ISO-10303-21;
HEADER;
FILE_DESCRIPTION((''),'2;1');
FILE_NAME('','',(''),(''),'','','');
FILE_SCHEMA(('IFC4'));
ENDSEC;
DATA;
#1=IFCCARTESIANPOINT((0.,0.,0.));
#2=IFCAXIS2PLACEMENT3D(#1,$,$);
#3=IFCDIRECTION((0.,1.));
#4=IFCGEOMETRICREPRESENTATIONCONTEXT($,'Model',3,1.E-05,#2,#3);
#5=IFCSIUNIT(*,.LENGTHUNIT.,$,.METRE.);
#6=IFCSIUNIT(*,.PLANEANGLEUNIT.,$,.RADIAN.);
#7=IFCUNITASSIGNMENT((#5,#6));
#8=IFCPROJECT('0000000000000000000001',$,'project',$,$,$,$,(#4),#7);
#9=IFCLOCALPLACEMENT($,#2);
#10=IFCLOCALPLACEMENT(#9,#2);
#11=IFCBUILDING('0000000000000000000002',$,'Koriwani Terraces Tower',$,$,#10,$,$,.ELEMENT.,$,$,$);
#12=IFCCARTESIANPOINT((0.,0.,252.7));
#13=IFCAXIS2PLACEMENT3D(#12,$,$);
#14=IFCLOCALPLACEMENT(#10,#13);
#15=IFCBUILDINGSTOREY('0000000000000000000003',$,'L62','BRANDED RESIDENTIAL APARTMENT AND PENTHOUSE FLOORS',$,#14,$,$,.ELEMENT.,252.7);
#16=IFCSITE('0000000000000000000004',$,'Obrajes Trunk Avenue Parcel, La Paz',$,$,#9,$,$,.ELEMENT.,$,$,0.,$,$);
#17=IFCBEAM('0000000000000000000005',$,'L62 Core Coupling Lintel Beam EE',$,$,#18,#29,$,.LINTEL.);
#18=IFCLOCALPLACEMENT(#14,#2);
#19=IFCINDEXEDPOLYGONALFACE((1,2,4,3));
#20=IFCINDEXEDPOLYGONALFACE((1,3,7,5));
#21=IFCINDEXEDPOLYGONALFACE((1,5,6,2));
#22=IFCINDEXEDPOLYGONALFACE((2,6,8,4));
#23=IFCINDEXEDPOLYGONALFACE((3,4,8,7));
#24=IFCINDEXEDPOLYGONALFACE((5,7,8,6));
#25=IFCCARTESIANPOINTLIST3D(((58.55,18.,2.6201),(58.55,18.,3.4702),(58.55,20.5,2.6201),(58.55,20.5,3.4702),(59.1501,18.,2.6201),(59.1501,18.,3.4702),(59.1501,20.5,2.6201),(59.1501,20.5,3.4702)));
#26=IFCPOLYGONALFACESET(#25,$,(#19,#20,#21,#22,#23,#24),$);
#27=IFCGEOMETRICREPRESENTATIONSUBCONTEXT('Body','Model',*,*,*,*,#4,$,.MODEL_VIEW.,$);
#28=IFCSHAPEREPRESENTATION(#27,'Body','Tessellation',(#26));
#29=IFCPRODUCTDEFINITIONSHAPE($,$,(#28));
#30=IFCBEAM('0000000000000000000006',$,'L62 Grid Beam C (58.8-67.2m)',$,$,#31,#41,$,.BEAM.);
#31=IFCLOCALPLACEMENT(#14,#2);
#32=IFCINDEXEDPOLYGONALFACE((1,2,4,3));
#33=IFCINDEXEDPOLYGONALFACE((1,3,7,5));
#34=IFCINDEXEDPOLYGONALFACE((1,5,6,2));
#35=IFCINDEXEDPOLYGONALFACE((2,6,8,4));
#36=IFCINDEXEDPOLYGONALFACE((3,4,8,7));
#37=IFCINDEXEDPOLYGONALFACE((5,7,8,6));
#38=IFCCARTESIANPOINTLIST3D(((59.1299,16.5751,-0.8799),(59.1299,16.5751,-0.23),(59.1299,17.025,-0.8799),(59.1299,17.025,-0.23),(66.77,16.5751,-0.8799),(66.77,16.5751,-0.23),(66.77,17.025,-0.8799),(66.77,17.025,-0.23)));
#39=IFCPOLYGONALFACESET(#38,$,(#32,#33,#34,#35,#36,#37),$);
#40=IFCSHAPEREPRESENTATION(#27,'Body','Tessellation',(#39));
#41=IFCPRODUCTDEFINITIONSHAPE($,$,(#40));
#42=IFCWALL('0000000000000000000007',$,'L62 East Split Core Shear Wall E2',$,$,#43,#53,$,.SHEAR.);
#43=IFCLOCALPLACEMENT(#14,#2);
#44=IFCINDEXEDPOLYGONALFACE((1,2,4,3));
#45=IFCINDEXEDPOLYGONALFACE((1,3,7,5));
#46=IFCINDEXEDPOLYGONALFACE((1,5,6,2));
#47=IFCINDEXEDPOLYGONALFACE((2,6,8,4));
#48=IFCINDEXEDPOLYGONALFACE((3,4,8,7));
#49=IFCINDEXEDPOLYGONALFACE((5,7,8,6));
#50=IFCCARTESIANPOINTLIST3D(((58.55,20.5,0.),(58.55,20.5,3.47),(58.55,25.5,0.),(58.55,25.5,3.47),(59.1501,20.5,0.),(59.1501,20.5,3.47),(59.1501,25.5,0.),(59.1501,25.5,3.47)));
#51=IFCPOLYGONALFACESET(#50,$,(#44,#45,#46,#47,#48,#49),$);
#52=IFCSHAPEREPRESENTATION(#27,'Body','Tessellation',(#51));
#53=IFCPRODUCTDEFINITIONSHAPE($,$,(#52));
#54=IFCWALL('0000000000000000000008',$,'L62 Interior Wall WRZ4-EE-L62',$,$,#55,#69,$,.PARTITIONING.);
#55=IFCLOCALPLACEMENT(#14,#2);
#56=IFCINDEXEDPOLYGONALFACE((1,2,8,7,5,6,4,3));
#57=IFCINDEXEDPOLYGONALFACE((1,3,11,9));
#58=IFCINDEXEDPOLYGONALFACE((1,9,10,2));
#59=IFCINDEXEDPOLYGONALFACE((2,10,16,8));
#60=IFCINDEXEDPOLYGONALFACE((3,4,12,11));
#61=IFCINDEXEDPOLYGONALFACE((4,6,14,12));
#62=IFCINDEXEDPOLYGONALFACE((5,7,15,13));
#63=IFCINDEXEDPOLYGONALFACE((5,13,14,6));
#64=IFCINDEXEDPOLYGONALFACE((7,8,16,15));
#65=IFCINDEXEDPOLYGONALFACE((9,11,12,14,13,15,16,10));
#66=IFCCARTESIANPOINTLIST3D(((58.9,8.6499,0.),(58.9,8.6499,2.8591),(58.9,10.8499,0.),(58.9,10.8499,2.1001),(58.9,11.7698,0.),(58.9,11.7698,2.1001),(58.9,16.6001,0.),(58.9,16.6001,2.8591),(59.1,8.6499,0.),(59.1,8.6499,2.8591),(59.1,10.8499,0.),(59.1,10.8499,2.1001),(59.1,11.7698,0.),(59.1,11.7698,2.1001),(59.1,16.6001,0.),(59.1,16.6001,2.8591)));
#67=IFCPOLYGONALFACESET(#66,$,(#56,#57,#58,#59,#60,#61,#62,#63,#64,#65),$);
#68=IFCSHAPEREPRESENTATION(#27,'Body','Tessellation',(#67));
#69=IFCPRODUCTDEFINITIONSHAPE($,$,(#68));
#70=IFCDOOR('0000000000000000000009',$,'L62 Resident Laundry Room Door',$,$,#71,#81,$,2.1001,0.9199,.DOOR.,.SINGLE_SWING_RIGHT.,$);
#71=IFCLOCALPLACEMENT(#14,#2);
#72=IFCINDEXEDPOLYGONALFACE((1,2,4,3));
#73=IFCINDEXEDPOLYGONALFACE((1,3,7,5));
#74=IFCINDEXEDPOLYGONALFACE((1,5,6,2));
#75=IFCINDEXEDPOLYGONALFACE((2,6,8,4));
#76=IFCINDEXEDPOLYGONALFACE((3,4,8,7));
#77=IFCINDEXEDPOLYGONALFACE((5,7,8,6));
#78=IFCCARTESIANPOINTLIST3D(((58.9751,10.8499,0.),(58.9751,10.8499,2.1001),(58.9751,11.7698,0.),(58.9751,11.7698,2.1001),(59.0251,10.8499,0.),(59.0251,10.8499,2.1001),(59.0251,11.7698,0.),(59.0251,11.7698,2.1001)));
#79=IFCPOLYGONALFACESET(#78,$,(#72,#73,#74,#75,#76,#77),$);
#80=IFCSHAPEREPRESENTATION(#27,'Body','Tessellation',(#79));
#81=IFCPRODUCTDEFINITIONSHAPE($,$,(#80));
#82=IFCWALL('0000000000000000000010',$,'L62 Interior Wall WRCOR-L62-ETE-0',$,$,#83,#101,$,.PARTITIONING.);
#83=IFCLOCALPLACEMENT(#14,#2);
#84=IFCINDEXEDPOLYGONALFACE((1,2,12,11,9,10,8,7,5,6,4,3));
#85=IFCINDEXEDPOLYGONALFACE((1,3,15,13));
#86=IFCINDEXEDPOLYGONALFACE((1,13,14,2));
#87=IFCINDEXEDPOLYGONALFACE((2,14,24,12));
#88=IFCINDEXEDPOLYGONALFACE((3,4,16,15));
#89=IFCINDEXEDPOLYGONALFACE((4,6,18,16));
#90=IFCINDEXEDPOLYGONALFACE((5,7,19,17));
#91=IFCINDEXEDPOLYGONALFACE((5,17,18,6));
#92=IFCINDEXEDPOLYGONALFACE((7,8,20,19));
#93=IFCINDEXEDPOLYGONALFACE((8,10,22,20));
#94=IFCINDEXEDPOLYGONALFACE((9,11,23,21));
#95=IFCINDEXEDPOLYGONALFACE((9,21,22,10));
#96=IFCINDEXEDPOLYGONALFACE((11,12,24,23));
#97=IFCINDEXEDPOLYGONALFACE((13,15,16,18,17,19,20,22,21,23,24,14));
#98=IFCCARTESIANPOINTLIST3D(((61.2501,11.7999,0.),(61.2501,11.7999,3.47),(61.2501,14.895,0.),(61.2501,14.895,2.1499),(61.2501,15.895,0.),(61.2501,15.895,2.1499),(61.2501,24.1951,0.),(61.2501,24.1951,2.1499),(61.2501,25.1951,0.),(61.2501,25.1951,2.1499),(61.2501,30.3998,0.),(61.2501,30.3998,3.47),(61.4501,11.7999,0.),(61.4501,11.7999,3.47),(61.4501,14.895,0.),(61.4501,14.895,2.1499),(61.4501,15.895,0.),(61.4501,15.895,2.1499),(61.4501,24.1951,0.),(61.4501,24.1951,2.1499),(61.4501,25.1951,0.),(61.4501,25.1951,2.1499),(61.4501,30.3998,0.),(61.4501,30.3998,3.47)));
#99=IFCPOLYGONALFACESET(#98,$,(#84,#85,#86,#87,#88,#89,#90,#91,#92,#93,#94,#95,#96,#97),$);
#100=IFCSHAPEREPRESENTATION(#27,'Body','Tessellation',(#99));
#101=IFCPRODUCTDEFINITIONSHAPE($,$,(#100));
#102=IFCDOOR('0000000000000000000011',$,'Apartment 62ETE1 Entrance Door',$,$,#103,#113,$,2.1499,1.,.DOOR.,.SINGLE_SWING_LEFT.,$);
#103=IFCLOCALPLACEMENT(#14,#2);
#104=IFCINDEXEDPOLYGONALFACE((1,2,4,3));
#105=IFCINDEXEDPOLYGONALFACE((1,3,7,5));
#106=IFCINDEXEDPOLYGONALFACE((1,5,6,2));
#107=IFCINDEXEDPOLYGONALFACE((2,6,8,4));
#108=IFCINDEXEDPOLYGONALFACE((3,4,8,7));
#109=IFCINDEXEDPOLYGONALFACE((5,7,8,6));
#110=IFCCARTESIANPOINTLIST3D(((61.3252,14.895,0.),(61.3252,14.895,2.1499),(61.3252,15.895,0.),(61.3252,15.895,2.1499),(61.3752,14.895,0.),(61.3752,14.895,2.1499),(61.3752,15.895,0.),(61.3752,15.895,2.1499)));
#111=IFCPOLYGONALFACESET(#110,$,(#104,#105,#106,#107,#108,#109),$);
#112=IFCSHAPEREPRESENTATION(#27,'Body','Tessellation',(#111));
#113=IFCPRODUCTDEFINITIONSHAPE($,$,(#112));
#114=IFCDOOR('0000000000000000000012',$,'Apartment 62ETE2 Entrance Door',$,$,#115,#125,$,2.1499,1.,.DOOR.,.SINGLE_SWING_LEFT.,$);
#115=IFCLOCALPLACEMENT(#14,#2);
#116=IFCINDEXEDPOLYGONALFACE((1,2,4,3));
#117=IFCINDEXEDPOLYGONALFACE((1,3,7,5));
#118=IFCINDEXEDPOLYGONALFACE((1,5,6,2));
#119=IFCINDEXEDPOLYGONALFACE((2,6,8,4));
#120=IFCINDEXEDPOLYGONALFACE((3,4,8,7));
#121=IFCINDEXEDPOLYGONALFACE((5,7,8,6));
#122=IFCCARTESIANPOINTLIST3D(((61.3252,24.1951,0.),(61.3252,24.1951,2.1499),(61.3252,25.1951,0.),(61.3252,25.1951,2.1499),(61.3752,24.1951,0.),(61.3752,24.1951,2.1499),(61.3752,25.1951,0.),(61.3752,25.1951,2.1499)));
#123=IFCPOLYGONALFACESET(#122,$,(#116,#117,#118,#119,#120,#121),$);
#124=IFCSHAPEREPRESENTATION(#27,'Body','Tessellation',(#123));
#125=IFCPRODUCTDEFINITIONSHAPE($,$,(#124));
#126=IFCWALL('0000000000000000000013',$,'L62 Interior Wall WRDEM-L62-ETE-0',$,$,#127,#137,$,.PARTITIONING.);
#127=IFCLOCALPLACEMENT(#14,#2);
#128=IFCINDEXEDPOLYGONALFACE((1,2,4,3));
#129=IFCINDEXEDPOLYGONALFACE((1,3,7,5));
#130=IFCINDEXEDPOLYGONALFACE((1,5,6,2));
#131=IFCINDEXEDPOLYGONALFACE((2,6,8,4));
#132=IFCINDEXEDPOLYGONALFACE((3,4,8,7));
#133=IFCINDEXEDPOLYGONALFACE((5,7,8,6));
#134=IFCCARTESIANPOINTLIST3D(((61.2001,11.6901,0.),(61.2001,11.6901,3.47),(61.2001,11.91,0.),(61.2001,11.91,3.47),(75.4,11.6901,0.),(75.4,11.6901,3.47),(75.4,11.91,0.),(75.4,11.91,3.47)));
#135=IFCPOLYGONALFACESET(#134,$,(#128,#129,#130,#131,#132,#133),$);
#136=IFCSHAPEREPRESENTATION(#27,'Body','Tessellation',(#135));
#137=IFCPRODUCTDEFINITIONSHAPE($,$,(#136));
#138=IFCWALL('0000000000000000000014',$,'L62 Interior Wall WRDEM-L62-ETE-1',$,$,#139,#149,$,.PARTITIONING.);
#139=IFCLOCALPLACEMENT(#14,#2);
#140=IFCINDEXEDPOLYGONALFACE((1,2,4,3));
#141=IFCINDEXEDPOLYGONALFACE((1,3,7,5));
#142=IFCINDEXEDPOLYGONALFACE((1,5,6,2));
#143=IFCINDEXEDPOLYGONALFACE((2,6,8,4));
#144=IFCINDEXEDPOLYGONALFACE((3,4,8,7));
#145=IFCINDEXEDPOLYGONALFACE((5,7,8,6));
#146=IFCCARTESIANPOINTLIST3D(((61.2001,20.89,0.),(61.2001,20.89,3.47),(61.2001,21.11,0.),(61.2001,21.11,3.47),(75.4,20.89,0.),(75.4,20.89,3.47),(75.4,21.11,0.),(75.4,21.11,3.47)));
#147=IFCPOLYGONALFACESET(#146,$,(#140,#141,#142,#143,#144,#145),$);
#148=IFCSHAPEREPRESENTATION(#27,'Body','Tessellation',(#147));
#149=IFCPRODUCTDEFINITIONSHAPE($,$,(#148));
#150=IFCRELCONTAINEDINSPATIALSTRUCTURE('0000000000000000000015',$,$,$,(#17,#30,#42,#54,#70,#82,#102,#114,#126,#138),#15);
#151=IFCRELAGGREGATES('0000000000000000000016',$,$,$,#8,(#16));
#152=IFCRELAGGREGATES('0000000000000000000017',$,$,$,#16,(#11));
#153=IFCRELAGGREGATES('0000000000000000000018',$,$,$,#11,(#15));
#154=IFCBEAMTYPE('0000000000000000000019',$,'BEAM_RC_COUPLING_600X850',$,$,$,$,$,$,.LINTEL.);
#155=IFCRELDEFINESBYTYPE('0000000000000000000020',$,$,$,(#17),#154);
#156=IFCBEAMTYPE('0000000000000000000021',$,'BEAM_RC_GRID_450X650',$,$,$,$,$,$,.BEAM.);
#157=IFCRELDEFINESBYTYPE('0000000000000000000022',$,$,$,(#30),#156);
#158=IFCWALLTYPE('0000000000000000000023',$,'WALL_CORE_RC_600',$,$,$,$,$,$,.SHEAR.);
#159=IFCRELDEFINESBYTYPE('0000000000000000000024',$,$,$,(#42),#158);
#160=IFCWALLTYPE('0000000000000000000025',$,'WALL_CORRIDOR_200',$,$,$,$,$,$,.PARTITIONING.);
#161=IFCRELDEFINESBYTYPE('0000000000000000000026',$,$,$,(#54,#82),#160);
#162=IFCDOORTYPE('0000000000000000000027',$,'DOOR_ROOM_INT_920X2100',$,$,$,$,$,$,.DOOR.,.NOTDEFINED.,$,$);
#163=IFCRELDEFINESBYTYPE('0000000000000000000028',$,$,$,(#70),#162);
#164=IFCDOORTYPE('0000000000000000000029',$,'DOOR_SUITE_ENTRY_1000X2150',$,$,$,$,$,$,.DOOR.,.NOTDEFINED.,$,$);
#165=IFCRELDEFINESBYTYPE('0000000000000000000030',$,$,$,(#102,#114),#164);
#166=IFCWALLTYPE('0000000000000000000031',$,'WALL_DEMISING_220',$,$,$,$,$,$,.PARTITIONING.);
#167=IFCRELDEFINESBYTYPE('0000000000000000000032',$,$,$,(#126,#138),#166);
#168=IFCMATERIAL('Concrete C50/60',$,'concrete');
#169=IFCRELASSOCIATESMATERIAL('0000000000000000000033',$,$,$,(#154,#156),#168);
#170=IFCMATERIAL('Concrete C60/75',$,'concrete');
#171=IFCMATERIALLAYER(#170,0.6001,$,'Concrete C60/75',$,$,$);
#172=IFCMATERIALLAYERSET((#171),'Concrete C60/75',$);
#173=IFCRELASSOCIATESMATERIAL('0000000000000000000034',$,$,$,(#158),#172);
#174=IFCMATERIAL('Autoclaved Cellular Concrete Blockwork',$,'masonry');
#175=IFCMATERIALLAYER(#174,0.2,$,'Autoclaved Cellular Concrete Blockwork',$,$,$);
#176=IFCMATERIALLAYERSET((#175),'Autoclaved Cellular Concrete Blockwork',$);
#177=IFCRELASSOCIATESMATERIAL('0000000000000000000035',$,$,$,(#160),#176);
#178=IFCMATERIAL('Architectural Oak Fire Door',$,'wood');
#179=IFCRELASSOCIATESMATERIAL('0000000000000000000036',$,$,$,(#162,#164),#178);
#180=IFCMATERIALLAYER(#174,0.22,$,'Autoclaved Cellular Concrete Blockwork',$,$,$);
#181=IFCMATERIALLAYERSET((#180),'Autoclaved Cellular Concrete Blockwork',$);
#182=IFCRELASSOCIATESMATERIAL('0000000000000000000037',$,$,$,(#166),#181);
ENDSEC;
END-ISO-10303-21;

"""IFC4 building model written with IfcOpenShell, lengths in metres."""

from ifc_helpers import new_model, si_unit, direction, frame, frame_2d, origin, origin_2d, place, context, subcontext, project, spatial, rectangle, extrude, material, layer, layer_set, material_profile, profile_set, type_object, element, fill, save


model = new_model("IFC4")

# Units and contexts
model_context = context("Model", 3, precision=1e-05, world=origin(), true_north=direction((0.0, 1.0)))
body_context = subcontext(model_context, "Body", "Model", "MODEL_VIEW")
ifc_project = project(units=[si_unit("LENGTHUNIT", "METRE"), si_unit("PLANEANGLEUNIT", "RADIAN")], contexts=[model_context])

# Site, building, storey
site_placement = place(None, origin())
site = spatial("IfcSite", under=ifc_project, at=site_placement, Name="Obrajes Trunk Avenue Parcel, La Paz", CompositionType="ELEMENT", RefElevation=0.0)
building_placement = place(site_placement, origin())
building = spatial("IfcBuilding", under=site, at=building_placement, Name="Koriwani Terraces Tower", CompositionType="ELEMENT")
storey_placement = place(building_placement, frame((0.0, 0.0, 252.7)))
storey = spatial("IfcBuildingStorey", under=building, at=storey_placement, Name="L62", Description="BRANDED RESIDENTIAL APARTMENT AND PENTHOUSE FLOORS", CompositionType="ELEMENT", Elevation=252.7)

# Beams
ifc_material_1 = material(Name="Concrete C50/60", Category="concrete")
ifc_material_profile_1 = material_profile(ifc_material_1, rectangle(XDim=0.6001, YDim=0.8501, at=origin_2d()), Name="Concrete C50/60", Category="LoadBearing")
ifc_profile_set_1 = profile_set([ifc_material_profile_1], Name="Concrete C50/60")
beam_type_1 = type_object("IfcBeamType", Name="BEAM_RC_COUPLING_600X850", PredefinedType="LINTEL", material=ifc_profile_set_1)
beam_1_placement = place(storey_placement, frame((58.8501, 18.0, 3.0452), z_axis=(0.0, 1.0, 0.0), x_axis=(-1.0, 0.0, 0.0)))
element("IfcBeam", 1, at=beam_1_placement, inside=storey, type_object=beam_type_1, Name="L62 Core Coupling Lintel Beam EE", PredefinedType="LINTEL", context=body_context, shape_type="SweptSolid", body=[
    extrude(rectangle(XDim=0.6001, YDim=0.8501, at=origin_2d()), origin(), (0.0, 0.0, 1.0), 2.5),
])
ifc_material_profile_2 = material_profile(ifc_material_1, rectangle(XDim=0.45, YDim=0.6499, at=origin_2d()), Name="Concrete C50/60", Category="LoadBearing")
ifc_profile_set_2 = profile_set([ifc_material_profile_2], Name="Concrete C50/60")
beam_type_2 = type_object("IfcBeamType", Name="BEAM_RC_GRID_450X650", PredefinedType="BEAM", material=ifc_profile_set_2)
beam_2_placement = place(storey_placement, frame((59.1299, 16.8, -0.5549), z_axis=(1.0, 0.0, 0.0), x_axis=(0.0, 1.0, 0.0)))
element("IfcBeam", 2, at=beam_2_placement, inside=storey, type_object=beam_type_2, Name="L62 Grid Beam C (58.8-67.2m)", PredefinedType="BEAM", context=body_context, shape_type="SweptSolid", body=[
    extrude(rectangle(XDim=0.45, YDim=0.6499, at=origin_2d()), origin(), (0.0, 0.0, 1.0), 7.6401),
])

# Wall
ifc_material_2 = material(Name="Concrete C60/75", Category="concrete")
ifc_layer_1 = layer(ifc_material_2, 0.6001, Name="Concrete C60/75")
ifc_layer_set_1 = layer_set([ifc_layer_1], Name="Concrete C60/75")
wall_type_1 = type_object("IfcWallType", Name="WALL_CORE_RC_600", PredefinedType="SHEAR", material=ifc_layer_set_1)
wall_1_placement = place(storey_placement, frame((58.8501, 20.5, 0.0), z_axis=(0.0, 0.0, 1.0), x_axis=(0.0, 1.0, 0.0)))
element("IfcWall", 3, at=wall_1_placement, inside=storey, type_object=wall_type_1, Name="L62 East Split Core Shear Wall E2", PredefinedType="SHEAR", context=body_context, shape_type="SweptSolid", body=[
    extrude(rectangle(XDim=5.0, YDim=0.6001, at=frame_2d((2.5, 0.0))), origin(), (0.0, 0.0, 1.0), 3.47),
])

# Wall, opening, door
ifc_material_3 = material(Name="Autoclaved Cellular Concrete Blockwork", Category="masonry")
ifc_layer_2 = layer(ifc_material_3, 0.2, Name="Autoclaved Cellular Concrete Blockwork")
ifc_layer_set_2 = layer_set([ifc_layer_2], Name="Autoclaved Cellular Concrete Blockwork")
wall_type_2 = type_object("IfcWallType", Name="WALL_CORRIDOR_200", PredefinedType="PARTITIONING", material=ifc_layer_set_2)
wall_2_placement = place(storey_placement, frame((59.0, 8.6499, 0.0), z_axis=(0.0, 0.0, 1.0), x_axis=(0.0, 1.0, 0.0)))
wall_2 = element("IfcWall", 4, at=wall_2_placement, inside=storey, type_object=wall_type_2, Name="L62 Interior Wall WRZ4-EE-L62", PredefinedType="PARTITIONING", context=body_context, shape_type="SweptSolid", body=[
    extrude(rectangle(XDim=7.9502, YDim=0.2, at=frame_2d((3.9751, 0.0))), origin(), (0.0, 0.0, 1.0), 2.8591),
])
opening_1_placement = place(wall_2_placement, frame((2.2, 0.0, 0.0)))
opening_1 = element("IfcOpeningElement", 5, at=opening_1_placement, cuts=wall_2, PredefinedType="OPENING", context=body_context, shape_type="SweptSolid", body=[
    extrude(rectangle(XDim=0.9199, YDim=2.1001, at=frame_2d((0.46, 1.05))), frame((0.0, 0.1099, 0.0), z_axis=(0.0, -1.0, 0.0), x_axis=(1.0, 0.0, 0.0)), (0.0, 0.0, 1.0), 0.22),
])
ifc_material_4 = material(Name="Architectural Oak Fire Door", Category="wood")
door_type_1 = type_object("IfcDoorType", Name="DOOR_ROOM_INT_920X2100", OperationType="NOTDEFINED", PredefinedType="DOOR", material=ifc_material_4)
door_1_placement = place(opening_1_placement, origin())
door_1 = element("IfcDoor", 6, at=door_1_placement, inside=storey, type_object=door_type_1, Name="L62 Resident Laundry Room Door", OperationType="SINGLE_SWING_RIGHT", OverallHeight=2.1001, OverallWidth=0.9199, PredefinedType="DOOR", context=body_context, shape_type="SweptSolid", body=[
    extrude(rectangle(XDim=0.9199, YDim=2.1001, at=frame_2d((0.46, 1.05))), frame((0.0, 0.0249, 0.0), z_axis=(0.0, -1.0, 0.0), x_axis=(1.0, 0.0, 0.0)), (0.0, 0.0, 1.0), 0.05),
])
fill(opening_1, door_1)

# Wall, openings, doors
wall_3_placement = place(storey_placement, frame((61.3501, 11.8, 0.0), z_axis=(0.0, 0.0, 1.0), x_axis=(0.0, 1.0, 0.0)))
wall_3 = element("IfcWall", 7, at=wall_3_placement, inside=storey, type_object=wall_type_2, Name="L62 Interior Wall WRCOR-L62-ETE-0", PredefinedType="PARTITIONING", context=body_context, shape_type="SweptSolid", body=[
    extrude(rectangle(XDim=18.5999, YDim=0.2, at=frame_2d((9.2998, 0.0))), origin(), (0.0, 0.0, 1.0), 3.47),
])
opening_2_placement = place(wall_3_placement, frame((3.095, 0.0, 0.0)))
opening_2 = element("IfcOpeningElement", 8, at=opening_2_placement, cuts=wall_3, PredefinedType="OPENING", context=body_context, shape_type="SweptSolid", body=[
    extrude(rectangle(XDim=1.0, YDim=2.1499, at=frame_2d((0.5, 1.075))), frame((0.0, 0.1099, 0.0), z_axis=(0.0, -1.0, 0.0), x_axis=(1.0, 0.0, 0.0)), (0.0, 0.0, 1.0), 0.22),
])
opening_3_placement = place(wall_3_placement, frame((12.395, 0.0, 0.0)))
opening_3 = element("IfcOpeningElement", 9, at=opening_3_placement, cuts=wall_3, PredefinedType="OPENING", context=body_context, shape_type="SweptSolid", body=[
    extrude(rectangle(XDim=1.0, YDim=2.1499, at=frame_2d((0.5, 1.075))), frame((0.0, 0.1099, 0.0), z_axis=(0.0, -1.0, 0.0), x_axis=(1.0, 0.0, 0.0)), (0.0, 0.0, 1.0), 0.22),
])
door_type_2 = type_object("IfcDoorType", Name="DOOR_SUITE_ENTRY_1000X2150", OperationType="NOTDEFINED", PredefinedType="DOOR", material=ifc_material_4)
door_2_placement = place(opening_2_placement, origin())
door_2 = element("IfcDoor", 10, at=door_2_placement, inside=storey, type_object=door_type_2, Name="Apartment 62ETE1 Entrance Door", OperationType="SINGLE_SWING_LEFT", OverallHeight=2.1499, OverallWidth=1.0, PredefinedType="DOOR", context=body_context, shape_type="SweptSolid", body=[
    extrude(rectangle(XDim=1.0, YDim=2.1499, at=frame_2d((0.5, 1.075))), frame((0.0, 0.0249, 0.0), z_axis=(0.0, -1.0, 0.0), x_axis=(1.0, 0.0, 0.0)), (0.0, 0.0, 1.0), 0.05),
])
fill(opening_2, door_2)
door_3_placement = place(opening_3_placement, origin())
door_3 = element("IfcDoor", 11, at=door_3_placement, inside=storey, type_object=door_type_2, Name="Apartment 62ETE2 Entrance Door", OperationType="SINGLE_SWING_LEFT", OverallHeight=2.1499, OverallWidth=1.0, PredefinedType="DOOR", context=body_context, shape_type="SweptSolid", body=[
    extrude(rectangle(XDim=1.0, YDim=2.1499, at=frame_2d((0.5, 1.075))), frame((0.0, 0.0249, 0.0), z_axis=(0.0, -1.0, 0.0), x_axis=(1.0, 0.0, 0.0)), (0.0, 0.0, 1.0), 0.05),
])
fill(opening_3, door_3)

# Walls
ifc_layer_3 = layer(ifc_material_3, 0.22, Name="Autoclaved Cellular Concrete Blockwork")
ifc_layer_set_3 = layer_set([ifc_layer_3], Name="Autoclaved Cellular Concrete Blockwork")
wall_type_3 = type_object("IfcWallType", Name="WALL_DEMISING_220", PredefinedType="PARTITIONING", material=ifc_layer_set_3)
for number, where, z_axis, x_axis, name in (
    (12, (61.2, 11.8, 0.0), (0.0, 0.0, 1.0), (1.0, 0.0, 0.0), "L62 Interior Wall WRDEM-L62-ETE-0"),
    (13, (61.2, 21.0, 0.0), (0.0, 0.0, 1.0), (1.0, 0.0, 0.0), "L62 Interior Wall WRDEM-L62-ETE-1"),
):
    element("IfcWall", number, at=place(storey_placement, frame(where, z_axis=z_axis, x_axis=x_axis)), inside=storey, type_object=wall_type_3, Name=name, PredefinedType="PARTITIONING", context=body_context, shape_type="SweptSolid", body=[
        extrude(rectangle(XDim=14.2, YDim=0.22, at=frame_2d((7.1001, 0.0))), origin(), (0.0, 0.0, 1.0), 3.47),
    ])

save(model, "model.ifc")
